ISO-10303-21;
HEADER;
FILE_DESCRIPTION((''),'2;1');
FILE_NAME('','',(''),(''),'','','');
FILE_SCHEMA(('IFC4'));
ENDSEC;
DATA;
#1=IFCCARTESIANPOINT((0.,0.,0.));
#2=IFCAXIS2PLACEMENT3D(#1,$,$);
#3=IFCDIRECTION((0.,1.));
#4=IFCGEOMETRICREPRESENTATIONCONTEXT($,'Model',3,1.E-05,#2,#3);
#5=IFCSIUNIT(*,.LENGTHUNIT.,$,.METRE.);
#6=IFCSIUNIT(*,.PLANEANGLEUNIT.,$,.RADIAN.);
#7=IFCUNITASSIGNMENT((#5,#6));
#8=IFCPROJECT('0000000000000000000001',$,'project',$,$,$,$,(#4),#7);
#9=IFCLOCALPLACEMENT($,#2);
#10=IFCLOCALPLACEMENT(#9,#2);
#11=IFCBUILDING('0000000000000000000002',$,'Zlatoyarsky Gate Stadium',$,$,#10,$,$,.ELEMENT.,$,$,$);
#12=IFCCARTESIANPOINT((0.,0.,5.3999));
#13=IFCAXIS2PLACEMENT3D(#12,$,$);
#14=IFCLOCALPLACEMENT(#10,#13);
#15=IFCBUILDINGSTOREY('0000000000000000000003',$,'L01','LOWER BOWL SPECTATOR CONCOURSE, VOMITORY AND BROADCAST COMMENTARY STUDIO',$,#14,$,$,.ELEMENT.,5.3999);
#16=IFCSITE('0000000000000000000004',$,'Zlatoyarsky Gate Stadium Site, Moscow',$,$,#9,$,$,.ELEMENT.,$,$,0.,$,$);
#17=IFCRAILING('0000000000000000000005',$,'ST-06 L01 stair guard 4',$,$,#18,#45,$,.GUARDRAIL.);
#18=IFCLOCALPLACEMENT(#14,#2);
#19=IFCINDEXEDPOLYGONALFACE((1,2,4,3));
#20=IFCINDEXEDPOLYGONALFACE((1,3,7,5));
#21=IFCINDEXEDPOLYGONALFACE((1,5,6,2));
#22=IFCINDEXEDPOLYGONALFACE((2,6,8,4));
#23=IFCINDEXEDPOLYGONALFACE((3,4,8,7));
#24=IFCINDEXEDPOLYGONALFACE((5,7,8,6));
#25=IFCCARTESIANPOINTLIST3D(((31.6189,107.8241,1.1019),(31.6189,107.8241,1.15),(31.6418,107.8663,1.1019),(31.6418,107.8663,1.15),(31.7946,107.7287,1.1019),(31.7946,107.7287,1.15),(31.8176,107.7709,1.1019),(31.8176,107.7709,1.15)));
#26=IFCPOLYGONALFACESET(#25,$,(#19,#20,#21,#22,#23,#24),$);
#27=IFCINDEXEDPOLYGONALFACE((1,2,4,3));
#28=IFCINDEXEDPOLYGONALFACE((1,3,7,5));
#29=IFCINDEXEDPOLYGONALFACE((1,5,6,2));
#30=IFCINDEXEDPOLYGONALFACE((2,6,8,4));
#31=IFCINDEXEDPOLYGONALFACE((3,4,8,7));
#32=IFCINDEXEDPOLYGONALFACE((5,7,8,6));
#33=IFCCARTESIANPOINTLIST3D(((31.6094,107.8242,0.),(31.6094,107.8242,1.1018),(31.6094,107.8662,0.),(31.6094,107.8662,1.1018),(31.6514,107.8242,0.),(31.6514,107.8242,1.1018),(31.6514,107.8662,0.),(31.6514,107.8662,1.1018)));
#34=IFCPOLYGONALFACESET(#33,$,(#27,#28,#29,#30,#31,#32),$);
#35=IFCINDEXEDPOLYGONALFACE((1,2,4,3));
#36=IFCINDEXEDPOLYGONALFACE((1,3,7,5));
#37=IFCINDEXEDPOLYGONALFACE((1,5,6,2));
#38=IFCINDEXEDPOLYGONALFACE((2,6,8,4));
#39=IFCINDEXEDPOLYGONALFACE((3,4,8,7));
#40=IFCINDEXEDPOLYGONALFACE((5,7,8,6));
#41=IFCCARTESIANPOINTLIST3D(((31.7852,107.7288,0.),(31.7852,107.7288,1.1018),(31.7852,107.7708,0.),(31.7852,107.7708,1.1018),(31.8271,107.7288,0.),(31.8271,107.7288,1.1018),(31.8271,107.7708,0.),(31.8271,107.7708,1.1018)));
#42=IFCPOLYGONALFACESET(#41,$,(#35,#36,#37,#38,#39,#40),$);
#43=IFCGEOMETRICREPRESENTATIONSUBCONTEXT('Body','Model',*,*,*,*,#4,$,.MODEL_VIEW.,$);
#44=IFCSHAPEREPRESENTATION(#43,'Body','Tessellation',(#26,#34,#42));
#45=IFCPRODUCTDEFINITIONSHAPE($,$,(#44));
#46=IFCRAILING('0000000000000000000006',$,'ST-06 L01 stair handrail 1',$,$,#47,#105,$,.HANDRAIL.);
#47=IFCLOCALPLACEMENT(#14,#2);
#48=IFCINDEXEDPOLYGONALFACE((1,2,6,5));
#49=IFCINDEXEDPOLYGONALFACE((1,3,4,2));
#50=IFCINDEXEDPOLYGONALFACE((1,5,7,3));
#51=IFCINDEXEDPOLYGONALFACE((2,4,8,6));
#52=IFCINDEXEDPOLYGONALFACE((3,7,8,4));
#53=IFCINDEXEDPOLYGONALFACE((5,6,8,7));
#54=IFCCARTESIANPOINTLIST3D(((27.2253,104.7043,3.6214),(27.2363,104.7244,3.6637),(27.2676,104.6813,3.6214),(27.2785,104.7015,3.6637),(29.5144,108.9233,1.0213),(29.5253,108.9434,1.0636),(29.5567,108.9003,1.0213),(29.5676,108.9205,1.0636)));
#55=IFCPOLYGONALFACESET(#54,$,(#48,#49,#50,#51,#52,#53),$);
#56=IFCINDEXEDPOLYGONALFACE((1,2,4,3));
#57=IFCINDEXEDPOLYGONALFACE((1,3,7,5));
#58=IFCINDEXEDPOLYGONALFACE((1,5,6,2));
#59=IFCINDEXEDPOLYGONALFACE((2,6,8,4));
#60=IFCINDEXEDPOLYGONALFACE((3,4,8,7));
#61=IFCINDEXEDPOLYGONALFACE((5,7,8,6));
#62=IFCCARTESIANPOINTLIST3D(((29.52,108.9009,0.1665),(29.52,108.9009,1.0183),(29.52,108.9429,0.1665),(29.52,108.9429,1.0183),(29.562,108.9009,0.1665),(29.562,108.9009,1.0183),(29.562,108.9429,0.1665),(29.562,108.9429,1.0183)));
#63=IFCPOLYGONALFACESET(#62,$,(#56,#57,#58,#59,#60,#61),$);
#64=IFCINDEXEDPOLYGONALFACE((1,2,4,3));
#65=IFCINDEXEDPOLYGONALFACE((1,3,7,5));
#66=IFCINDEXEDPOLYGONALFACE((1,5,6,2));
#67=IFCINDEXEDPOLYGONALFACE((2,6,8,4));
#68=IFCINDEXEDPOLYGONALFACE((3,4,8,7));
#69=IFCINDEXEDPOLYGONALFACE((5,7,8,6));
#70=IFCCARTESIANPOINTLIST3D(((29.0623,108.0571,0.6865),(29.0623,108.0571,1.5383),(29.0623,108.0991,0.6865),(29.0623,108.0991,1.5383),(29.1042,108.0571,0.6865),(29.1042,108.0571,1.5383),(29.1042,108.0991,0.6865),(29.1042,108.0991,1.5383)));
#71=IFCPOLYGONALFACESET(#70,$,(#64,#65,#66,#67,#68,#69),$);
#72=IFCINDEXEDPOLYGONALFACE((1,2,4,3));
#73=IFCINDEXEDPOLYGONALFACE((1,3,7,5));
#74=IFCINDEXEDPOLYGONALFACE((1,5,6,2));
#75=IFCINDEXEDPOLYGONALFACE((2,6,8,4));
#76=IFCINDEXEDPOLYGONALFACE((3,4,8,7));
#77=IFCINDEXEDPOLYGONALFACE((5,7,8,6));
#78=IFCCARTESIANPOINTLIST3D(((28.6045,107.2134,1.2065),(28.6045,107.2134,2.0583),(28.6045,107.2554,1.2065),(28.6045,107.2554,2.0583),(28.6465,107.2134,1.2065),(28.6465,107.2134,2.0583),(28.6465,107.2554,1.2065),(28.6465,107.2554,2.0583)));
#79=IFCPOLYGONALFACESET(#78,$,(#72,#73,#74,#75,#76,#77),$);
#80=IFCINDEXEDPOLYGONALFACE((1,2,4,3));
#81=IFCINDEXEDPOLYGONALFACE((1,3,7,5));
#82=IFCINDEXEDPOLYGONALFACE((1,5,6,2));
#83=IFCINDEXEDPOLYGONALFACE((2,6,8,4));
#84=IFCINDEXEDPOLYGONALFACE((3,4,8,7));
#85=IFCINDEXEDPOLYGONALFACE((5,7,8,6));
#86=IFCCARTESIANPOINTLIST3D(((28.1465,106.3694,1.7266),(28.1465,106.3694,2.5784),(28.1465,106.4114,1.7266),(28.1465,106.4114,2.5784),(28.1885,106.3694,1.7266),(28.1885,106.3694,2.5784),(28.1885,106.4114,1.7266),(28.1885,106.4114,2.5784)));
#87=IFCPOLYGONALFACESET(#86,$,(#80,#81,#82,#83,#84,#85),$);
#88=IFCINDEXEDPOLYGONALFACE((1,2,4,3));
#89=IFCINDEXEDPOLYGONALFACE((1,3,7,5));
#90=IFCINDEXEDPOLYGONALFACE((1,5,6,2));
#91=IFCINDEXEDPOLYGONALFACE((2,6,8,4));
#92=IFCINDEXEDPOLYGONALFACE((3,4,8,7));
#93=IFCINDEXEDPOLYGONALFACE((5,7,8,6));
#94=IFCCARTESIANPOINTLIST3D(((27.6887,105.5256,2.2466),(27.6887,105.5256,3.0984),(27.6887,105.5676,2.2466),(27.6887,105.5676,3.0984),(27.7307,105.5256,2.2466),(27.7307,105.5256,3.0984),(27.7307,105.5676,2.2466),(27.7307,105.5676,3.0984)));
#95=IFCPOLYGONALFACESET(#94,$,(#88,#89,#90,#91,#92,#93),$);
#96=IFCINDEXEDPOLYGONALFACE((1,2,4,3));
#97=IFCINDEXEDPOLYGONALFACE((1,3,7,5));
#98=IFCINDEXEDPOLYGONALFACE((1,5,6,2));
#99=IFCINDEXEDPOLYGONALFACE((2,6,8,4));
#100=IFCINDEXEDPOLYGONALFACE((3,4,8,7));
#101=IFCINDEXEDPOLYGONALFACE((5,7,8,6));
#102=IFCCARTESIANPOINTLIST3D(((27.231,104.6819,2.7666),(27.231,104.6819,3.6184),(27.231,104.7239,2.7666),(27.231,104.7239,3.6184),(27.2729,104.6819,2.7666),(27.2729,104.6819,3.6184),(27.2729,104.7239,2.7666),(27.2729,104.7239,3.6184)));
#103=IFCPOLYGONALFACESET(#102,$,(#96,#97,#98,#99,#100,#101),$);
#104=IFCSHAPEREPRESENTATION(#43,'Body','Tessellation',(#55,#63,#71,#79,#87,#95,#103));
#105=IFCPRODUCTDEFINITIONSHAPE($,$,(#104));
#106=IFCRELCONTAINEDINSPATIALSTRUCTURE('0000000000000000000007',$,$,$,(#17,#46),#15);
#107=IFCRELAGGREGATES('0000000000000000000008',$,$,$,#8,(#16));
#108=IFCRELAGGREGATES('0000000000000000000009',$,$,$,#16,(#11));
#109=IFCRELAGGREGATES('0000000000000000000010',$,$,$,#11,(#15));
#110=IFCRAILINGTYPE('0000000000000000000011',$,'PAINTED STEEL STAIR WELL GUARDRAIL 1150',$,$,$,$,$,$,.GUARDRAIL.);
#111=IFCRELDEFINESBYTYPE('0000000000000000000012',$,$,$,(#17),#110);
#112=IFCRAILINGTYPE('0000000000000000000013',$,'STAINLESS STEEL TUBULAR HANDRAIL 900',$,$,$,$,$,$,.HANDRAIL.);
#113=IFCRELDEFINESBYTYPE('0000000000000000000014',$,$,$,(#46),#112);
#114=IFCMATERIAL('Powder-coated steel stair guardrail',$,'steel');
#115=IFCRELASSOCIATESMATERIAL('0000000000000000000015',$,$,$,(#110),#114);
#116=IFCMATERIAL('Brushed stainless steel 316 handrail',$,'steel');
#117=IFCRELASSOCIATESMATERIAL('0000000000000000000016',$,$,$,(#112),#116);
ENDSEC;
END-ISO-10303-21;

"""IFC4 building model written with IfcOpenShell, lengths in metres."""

from ifc_helpers import new_model, si_unit, direction, frame, origin, origin_2d, place, context, subcontext, project, spatial, rectangle, extrude, material, type_object, element, save


model = new_model("IFC4")

# Units and contexts
model_context = context("Model", 3, precision=1e-05, world=origin(), true_north=direction((0.0, 1.0)))
body_context = subcontext(model_context, "Body", "Model", "MODEL_VIEW")
ifc_project = project(units=[si_unit("LENGTHUNIT", "METRE"), si_unit("PLANEANGLEUNIT", "RADIAN")], contexts=[model_context])

# Site, building, storey
site_placement = place(None, origin())
site = spatial("IfcSite", under=ifc_project, at=site_placement, Name="Zlatoyarsky Gate Stadium Site, Moscow", CompositionType="ELEMENT", RefElevation=0.0)
building_placement = place(site_placement, origin())
building = spatial("IfcBuilding", under=site, at=building_placement, Name="Zlatoyarsky Gate Stadium", CompositionType="ELEMENT")
storey_placement = place(building_placement, frame((0.0, 0.0, 5.3999)))
storey = spatial("IfcBuildingStorey", under=building, at=storey_placement, Name="L01", Description="LOWER BOWL SPECTATOR CONCOURSE, VOMITORY AND BROADCAST COMMENTARY STUDIO", CompositionType="ELEMENT", Elevation=5.3999)

# Railings
ifc_material_1 = material(Name="Powder-coated steel stair guardrail", Category="steel")
railing_type_1 = type_object("IfcRailingType", Name="PAINTED STEEL STAIR WELL GUARDRAIL 1150", PredefinedType="GUARDRAIL", material=ifc_material_1)
railing_1_placement = place(storey_placement, frame((31.6304, 107.8452, 0.0)))
element("IfcRailing", 1, at=railing_1_placement, inside=storey, type_object=railing_type_1, Name="ST-06 L01 stair guard 4", PredefinedType="GUARDRAIL", context=body_context, shape_type="SweptSolid", body=[
    extrude(rectangle(XDim=0.0481, YDim=0.0481, at=origin_2d()), frame((0.0, 0.0, 1.126), z_axis=(0.87878, -0.477227, 0.0), x_axis=(0.477227, 0.87878, 0.0)), (0.0, 0.0, 1.0), 0.2),
    extrude(rectangle(XDim=0.042, YDim=0.042, at=origin_2d()), origin(), (0.0, 0.0, 1.0), 1.1018),
    extrude(rectangle(XDim=0.042, YDim=0.042, at=origin_2d()), frame((0.1758, -0.0955, 0.0)), (0.0, 0.0, 1.0), 1.1018),
])
ifc_material_2 = material(Name="Brushed stainless steel 316 handrail", Category="steel")
railing_type_2 = type_object("IfcRailingType", Name="STAINLESS STEEL TUBULAR HANDRAIL 900", PredefinedType="HANDRAIL", material=ifc_material_2)
railing_2_placement = place(storey_placement, frame((29.541, 108.9219, 0.1665)))
element("IfcRailing", 2, at=railing_2_placement, inside=storey, type_object=railing_type_2, Name="ST-06 L01 stair handrail 1", PredefinedType="HANDRAIL", context=body_context, shape_type="SweptSolid", body=[
    extrude(rectangle(XDim=0.0481, YDim=0.0481, at=origin_2d()), frame((0.0, 0.0, 0.876), z_axis=(-0.419322, -0.772857, 0.476299), x_axis=(0.878962, -0.476891, 0.0)), (0.0, 0.0, 1.0), 5.459),
    extrude(rectangle(XDim=0.042, YDim=0.042, at=origin_2d()), origin(), (0.0, 0.0, 1.0), 0.8518),
    extrude(rectangle(XDim=0.042, YDim=0.042, at=origin_2d()), frame((-0.4578, -0.8438, 0.52)), (0.0, 0.0, 1.0), 0.8518),
    extrude(rectangle(XDim=0.042, YDim=0.042, at=origin_2d()), frame((-0.9155, -1.6875, 1.04)), (0.0, 0.0, 1.0), 0.8518),
    extrude(rectangle(XDim=0.042, YDim=0.042, at=origin_2d()), frame((-1.3735, -2.5315, 1.5601)), (0.0, 0.0, 1.0), 0.8518),
    extrude(rectangle(XDim=0.042, YDim=0.042, at=origin_2d()), frame((-1.8313, -3.3752, 2.0801)), (0.0, 0.0, 1.0), 0.8518),
    extrude(rectangle(XDim=0.042, YDim=0.042, at=origin_2d()), frame((-2.2891, -4.219, 2.6001)), (0.0, 0.0, 1.0), 0.8518),
])

save(model, "model.ifc")
